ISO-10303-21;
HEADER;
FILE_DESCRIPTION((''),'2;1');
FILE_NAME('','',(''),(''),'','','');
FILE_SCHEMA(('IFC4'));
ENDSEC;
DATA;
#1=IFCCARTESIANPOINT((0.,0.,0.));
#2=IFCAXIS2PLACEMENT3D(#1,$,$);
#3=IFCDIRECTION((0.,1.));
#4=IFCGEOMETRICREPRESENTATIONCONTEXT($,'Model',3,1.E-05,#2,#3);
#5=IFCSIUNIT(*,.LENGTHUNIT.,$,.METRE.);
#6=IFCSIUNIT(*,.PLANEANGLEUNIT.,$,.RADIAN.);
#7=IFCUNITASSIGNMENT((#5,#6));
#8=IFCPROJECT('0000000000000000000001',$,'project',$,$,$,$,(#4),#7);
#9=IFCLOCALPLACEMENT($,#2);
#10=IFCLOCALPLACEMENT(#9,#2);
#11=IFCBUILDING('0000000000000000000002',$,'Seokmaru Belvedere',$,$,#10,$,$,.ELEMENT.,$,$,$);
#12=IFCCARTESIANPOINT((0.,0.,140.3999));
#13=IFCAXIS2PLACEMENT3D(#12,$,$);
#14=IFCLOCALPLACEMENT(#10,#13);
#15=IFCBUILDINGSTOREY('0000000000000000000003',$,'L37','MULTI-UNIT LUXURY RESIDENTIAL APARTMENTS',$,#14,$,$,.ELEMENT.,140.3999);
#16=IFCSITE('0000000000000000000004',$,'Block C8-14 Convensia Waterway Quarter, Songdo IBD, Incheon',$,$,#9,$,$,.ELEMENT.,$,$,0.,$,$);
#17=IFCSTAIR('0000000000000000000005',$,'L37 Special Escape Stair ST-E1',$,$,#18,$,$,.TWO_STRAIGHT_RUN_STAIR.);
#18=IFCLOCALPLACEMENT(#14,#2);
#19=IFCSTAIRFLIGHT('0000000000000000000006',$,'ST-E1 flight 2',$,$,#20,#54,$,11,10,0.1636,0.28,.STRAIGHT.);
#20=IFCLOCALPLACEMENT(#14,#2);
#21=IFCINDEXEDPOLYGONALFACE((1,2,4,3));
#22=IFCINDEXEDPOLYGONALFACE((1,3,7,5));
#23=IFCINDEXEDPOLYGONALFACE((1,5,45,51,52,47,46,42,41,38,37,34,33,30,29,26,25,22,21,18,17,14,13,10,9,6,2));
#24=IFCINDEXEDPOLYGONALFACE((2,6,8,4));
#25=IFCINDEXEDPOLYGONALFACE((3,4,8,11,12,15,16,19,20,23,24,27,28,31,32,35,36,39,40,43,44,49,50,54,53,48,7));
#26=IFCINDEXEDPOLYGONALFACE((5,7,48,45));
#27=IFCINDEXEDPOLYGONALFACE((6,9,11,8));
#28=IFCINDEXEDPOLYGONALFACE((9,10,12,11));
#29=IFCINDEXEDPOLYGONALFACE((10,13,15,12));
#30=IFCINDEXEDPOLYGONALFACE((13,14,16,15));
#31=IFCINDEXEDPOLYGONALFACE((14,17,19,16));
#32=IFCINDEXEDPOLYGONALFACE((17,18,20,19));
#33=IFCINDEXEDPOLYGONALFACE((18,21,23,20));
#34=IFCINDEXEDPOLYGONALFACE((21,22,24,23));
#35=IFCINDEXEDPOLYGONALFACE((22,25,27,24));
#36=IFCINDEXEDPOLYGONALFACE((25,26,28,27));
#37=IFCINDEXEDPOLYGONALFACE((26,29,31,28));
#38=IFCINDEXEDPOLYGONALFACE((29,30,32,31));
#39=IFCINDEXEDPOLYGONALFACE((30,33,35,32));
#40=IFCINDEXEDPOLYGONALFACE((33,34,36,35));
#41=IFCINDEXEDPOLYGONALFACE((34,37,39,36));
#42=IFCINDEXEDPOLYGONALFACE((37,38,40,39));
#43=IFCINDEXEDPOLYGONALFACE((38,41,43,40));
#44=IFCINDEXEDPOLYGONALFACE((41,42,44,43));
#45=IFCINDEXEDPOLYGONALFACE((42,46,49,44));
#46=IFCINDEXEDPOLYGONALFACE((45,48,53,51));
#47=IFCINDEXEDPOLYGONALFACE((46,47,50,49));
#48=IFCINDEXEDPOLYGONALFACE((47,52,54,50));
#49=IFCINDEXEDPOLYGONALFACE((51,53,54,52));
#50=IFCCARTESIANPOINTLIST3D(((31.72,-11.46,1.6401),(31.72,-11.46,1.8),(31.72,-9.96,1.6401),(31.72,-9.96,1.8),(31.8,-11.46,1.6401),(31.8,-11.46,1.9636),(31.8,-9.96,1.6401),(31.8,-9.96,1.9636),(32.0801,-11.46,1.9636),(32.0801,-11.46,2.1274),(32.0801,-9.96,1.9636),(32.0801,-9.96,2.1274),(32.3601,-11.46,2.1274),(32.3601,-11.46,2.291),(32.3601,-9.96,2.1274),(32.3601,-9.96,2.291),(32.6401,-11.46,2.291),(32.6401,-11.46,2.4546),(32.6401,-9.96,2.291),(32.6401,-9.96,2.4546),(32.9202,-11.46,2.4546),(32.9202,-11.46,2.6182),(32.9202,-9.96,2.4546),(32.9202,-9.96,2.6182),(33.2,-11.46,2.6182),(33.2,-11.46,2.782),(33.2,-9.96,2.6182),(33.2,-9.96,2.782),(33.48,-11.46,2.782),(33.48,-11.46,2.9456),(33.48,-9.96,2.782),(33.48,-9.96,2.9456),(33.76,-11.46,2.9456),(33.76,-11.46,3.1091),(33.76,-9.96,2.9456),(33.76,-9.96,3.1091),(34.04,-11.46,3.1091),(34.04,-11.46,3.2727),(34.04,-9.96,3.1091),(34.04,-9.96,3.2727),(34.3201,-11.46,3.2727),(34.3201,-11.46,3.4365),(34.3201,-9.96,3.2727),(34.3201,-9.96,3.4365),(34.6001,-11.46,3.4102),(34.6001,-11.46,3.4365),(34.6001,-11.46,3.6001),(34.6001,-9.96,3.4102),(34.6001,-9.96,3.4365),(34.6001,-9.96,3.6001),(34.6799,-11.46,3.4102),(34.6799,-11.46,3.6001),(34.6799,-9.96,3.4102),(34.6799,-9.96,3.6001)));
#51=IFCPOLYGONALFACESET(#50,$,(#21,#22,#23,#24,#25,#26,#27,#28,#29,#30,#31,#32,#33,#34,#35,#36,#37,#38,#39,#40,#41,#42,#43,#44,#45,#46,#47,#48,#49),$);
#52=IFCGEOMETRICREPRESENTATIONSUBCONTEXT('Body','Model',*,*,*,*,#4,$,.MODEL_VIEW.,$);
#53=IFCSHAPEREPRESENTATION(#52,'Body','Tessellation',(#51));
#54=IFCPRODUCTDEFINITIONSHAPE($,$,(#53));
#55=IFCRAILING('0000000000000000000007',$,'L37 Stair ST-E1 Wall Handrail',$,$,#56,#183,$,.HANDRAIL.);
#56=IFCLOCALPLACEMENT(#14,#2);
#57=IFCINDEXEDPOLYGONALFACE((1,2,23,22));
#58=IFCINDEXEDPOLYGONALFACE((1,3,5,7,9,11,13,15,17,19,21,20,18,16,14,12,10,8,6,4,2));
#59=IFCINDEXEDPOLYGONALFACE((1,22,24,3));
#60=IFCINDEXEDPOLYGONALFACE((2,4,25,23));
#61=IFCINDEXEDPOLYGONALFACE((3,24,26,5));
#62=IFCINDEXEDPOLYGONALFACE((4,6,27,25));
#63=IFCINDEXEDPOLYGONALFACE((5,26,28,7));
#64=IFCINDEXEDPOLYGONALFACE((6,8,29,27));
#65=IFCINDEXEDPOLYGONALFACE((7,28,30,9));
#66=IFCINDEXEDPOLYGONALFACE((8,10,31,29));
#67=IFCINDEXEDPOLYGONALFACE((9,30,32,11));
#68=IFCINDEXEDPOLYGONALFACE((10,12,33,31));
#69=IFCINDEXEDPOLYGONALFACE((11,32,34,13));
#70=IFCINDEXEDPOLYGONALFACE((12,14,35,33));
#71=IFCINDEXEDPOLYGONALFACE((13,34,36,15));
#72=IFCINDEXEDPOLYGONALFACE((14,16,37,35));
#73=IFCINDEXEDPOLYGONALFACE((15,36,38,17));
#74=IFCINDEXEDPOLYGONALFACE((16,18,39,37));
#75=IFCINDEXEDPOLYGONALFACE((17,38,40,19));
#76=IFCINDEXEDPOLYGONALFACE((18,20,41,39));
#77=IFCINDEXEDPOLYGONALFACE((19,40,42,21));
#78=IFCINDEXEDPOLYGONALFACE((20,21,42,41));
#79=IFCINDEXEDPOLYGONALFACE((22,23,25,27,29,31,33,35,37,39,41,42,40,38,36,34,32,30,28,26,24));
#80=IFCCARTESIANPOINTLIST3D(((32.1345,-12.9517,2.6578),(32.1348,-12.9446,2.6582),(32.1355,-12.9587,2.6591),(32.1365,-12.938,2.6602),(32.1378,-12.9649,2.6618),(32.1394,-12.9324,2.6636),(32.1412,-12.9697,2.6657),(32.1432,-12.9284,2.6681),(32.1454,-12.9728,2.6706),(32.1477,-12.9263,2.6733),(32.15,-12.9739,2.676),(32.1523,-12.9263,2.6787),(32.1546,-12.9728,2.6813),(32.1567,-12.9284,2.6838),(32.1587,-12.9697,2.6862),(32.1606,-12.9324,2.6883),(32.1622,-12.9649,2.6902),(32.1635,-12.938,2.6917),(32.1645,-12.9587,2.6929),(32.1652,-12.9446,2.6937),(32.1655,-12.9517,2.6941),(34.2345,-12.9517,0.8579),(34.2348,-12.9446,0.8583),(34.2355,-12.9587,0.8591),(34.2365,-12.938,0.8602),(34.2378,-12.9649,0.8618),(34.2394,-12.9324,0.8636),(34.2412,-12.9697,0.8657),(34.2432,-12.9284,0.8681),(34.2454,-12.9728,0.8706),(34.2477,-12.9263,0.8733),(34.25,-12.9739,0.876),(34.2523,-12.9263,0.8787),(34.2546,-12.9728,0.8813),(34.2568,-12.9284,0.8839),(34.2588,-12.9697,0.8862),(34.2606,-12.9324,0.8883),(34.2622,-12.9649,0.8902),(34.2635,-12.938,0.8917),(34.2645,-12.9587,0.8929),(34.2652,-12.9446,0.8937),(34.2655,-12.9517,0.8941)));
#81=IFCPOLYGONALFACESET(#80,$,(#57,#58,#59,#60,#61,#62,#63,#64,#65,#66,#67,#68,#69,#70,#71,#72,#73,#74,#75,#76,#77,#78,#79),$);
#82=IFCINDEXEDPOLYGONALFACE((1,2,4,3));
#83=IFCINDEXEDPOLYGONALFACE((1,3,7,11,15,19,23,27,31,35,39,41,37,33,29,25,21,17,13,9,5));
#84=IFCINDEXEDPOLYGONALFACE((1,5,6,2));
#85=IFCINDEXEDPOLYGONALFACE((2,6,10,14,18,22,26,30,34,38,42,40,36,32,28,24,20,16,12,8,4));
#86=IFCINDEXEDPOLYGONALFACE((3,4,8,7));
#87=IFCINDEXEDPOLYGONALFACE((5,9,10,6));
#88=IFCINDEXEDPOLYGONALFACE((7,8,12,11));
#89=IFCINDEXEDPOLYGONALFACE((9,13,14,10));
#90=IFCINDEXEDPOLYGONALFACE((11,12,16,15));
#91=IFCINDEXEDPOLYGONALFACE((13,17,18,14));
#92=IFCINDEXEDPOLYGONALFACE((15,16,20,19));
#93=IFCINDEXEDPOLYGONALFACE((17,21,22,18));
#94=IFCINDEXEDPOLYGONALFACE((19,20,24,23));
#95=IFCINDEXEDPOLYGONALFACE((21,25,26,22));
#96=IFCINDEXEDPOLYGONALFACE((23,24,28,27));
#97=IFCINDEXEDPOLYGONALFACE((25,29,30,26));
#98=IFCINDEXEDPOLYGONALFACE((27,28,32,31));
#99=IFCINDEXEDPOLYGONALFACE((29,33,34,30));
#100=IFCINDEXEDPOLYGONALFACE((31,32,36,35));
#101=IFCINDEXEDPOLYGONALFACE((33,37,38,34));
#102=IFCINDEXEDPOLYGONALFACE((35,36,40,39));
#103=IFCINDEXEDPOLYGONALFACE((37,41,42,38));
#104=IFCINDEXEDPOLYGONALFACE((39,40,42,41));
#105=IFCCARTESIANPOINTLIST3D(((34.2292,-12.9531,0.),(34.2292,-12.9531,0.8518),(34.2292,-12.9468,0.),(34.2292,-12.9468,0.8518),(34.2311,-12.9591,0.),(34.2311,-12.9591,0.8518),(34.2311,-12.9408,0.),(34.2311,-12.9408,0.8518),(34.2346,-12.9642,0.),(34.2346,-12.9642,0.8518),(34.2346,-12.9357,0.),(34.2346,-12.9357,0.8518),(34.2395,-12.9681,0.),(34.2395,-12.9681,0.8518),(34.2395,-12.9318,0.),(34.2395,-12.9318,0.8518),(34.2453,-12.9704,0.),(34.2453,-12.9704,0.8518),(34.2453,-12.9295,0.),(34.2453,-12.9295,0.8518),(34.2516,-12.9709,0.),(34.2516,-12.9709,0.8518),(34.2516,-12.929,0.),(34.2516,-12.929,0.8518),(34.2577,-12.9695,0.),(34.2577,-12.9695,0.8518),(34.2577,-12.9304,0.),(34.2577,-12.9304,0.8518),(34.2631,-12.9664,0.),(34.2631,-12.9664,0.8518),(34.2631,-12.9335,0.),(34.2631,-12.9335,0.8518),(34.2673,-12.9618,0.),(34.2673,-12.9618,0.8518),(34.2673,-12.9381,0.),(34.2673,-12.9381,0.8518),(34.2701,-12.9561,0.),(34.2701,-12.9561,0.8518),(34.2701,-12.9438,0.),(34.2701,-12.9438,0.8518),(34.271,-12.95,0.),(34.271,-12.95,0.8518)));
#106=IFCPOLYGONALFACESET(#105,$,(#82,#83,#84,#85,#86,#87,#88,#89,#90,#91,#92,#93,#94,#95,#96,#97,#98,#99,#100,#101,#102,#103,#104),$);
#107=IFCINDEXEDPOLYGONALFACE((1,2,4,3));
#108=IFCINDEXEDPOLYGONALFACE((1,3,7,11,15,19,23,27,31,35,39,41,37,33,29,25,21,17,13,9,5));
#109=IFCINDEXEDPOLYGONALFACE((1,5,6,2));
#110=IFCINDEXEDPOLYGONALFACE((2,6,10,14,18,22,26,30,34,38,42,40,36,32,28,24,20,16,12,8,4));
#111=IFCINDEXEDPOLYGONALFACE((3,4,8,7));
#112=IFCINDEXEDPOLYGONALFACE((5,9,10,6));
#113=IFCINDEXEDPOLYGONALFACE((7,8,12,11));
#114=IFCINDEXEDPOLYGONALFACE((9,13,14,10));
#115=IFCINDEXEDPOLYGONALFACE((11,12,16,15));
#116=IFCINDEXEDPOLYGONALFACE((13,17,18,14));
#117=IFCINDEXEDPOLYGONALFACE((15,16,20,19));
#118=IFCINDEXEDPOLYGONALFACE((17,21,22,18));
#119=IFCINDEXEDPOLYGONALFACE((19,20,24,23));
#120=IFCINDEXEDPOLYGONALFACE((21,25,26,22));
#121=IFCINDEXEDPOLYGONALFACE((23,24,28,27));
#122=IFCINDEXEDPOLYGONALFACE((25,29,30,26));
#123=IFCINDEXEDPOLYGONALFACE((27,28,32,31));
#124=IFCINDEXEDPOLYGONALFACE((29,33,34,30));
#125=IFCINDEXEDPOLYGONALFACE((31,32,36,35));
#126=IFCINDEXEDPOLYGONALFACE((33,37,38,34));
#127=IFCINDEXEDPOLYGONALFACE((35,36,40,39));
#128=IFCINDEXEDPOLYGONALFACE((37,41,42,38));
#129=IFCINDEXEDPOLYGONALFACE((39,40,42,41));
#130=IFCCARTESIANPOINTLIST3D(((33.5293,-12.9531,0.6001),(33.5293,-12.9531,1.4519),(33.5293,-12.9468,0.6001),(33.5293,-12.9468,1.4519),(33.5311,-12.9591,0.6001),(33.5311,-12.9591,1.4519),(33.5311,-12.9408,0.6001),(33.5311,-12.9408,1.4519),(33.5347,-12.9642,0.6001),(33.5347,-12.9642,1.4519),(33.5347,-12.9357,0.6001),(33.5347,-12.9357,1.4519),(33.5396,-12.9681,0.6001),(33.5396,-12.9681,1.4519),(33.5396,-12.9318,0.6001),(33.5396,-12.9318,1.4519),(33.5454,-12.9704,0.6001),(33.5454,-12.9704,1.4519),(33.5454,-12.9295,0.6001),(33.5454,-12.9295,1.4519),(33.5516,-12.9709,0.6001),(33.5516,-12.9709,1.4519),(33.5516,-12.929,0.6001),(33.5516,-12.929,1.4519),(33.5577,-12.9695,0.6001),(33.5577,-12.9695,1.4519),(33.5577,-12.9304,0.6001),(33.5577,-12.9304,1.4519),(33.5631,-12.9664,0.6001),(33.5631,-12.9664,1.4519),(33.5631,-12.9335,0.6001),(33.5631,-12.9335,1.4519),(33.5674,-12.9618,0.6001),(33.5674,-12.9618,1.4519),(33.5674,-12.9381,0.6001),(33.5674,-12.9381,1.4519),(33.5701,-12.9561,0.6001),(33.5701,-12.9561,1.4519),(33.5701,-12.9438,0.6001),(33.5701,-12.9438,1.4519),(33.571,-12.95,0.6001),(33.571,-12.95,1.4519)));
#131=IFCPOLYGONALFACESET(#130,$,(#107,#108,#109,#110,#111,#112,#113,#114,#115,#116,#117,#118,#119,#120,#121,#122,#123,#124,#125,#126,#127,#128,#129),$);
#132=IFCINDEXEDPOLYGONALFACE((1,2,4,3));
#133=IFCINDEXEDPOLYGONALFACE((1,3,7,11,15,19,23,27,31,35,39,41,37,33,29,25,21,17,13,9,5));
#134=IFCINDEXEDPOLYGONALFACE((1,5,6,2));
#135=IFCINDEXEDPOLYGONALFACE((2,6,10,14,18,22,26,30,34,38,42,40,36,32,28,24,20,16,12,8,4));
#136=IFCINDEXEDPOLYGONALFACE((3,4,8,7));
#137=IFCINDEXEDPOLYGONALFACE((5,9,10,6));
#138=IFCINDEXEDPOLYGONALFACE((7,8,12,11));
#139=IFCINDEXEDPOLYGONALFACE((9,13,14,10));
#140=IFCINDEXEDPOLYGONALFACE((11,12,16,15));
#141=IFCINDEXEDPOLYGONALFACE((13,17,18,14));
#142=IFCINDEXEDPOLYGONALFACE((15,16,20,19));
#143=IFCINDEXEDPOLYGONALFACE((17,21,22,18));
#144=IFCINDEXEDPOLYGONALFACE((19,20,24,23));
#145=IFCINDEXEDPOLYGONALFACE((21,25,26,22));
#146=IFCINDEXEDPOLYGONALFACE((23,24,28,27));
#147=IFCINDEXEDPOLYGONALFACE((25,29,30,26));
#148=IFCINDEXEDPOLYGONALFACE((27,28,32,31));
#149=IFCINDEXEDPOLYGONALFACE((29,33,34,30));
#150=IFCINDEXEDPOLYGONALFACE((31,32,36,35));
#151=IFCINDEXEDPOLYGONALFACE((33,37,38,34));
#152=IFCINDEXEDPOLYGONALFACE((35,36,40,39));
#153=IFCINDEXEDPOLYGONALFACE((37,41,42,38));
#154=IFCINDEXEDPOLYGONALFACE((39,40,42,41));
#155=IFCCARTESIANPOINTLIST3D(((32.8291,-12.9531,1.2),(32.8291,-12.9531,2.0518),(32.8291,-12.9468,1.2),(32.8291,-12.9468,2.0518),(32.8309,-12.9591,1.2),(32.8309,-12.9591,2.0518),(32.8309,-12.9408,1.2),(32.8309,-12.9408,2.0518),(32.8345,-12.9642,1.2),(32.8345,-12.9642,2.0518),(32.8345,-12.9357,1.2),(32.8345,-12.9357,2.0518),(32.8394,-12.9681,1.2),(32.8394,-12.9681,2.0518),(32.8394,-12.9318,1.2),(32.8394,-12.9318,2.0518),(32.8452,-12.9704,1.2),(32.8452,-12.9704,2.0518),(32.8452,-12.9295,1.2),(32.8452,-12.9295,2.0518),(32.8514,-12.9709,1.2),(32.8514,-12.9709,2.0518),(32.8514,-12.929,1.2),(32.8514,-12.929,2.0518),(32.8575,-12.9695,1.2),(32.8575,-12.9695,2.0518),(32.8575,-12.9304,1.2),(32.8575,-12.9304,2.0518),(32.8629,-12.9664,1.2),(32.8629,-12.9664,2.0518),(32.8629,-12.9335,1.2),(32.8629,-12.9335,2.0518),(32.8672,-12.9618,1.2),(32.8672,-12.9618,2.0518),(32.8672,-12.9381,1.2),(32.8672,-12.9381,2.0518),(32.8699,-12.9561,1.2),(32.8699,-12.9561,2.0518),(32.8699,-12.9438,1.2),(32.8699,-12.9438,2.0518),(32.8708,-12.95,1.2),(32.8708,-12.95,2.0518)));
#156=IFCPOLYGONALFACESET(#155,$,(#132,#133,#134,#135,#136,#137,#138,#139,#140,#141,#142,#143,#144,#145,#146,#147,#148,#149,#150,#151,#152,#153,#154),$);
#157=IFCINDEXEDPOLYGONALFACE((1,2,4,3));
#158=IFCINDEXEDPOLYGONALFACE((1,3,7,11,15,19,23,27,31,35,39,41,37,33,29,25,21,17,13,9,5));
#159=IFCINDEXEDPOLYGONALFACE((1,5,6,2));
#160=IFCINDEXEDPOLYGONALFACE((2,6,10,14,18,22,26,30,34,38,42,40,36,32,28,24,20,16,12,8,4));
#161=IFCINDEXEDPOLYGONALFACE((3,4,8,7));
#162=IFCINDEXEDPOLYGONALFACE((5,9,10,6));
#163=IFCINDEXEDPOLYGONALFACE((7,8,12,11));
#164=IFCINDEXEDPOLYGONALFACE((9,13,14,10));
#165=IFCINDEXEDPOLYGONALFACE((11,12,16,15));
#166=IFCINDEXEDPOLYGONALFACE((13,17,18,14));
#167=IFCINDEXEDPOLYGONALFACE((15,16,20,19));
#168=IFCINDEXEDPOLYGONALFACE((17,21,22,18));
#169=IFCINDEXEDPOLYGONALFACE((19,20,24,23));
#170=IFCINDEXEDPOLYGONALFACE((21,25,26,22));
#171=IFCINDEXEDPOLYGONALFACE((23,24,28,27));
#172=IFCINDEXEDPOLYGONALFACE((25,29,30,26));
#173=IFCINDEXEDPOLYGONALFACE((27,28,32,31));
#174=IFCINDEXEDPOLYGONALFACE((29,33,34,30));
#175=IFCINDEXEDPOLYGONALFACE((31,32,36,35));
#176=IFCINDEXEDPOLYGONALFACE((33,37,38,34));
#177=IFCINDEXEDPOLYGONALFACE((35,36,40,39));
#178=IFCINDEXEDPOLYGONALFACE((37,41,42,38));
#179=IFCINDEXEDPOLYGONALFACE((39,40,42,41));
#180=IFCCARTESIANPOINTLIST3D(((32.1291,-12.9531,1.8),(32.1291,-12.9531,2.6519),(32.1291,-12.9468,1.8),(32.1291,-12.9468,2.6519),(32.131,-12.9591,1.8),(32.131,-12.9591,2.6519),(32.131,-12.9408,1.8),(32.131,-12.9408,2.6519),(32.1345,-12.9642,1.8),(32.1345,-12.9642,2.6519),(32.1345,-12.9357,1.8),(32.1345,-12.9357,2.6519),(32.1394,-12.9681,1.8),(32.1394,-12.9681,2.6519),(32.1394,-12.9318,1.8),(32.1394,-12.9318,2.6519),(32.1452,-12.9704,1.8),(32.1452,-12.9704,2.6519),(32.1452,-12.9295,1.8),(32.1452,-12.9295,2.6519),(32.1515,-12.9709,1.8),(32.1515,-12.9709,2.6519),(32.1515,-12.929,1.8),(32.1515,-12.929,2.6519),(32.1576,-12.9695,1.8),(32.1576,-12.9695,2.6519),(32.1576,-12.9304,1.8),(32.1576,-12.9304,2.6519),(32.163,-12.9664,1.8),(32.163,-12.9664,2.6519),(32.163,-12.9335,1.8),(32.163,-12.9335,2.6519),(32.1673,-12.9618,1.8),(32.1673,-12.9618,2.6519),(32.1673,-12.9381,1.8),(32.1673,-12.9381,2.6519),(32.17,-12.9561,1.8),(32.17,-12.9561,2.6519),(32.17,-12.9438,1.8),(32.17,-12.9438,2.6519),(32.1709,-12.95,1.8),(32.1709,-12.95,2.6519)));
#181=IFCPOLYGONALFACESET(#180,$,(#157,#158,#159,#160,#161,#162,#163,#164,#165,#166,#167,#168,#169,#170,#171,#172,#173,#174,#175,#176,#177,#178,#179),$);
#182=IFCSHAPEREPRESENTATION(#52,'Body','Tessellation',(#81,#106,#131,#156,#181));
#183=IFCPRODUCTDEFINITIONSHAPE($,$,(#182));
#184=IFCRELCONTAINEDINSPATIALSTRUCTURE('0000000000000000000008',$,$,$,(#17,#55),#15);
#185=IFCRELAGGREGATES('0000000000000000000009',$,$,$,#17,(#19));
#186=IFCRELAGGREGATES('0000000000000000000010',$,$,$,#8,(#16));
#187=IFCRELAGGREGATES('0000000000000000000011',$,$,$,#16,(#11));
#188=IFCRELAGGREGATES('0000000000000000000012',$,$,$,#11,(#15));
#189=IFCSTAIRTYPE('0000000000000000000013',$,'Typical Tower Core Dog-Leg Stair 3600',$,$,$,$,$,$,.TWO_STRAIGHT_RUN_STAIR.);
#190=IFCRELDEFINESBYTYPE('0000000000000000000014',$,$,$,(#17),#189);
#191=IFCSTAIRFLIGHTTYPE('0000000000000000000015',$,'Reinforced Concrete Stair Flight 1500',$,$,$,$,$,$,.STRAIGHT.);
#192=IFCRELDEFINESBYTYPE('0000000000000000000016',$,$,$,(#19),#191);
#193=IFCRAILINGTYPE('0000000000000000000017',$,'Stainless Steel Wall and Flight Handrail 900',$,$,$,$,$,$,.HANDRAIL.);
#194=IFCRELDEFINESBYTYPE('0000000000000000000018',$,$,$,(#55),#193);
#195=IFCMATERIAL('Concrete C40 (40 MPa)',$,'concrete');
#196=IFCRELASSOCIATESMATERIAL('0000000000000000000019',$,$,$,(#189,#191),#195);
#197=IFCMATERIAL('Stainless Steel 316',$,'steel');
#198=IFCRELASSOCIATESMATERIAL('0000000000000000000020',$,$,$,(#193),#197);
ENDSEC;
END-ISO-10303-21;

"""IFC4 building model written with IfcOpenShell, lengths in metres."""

from ifc_helpers import new_model, si_unit, direction, frame, origin, origin_2d, place, context, subcontext, project, spatial, polyline, circle, outline, extrude, material, type_object, element, aggregate, save


model = new_model("IFC4")

# Units and contexts
model_context = context("Model", 3, precision=1e-05, world=origin(), true_north=direction((0.0, 1.0)))
body_context = subcontext(model_context, "Body", "Model", "MODEL_VIEW")
ifc_project = project(units=[si_unit("LENGTHUNIT", "METRE"), si_unit("PLANEANGLEUNIT", "RADIAN")], contexts=[model_context])

# Site, building, storey
site_placement = place(None, origin())
site = spatial("IfcSite", under=ifc_project, at=site_placement, Name="Block C8-14 Convensia Waterway Quarter, Songdo IBD, Incheon", CompositionType="ELEMENT", RefElevation=0.0)
building_placement = place(site_placement, origin())
building = spatial("IfcBuilding", under=site, at=building_placement, Name="Seokmaru Belvedere", CompositionType="ELEMENT")
storey_placement = place(building_placement, frame((0.0, 0.0, 140.3999)))
storey = spatial("IfcBuildingStorey", under=building, at=storey_placement, Name="L37", Description="MULTI-UNIT LUXURY RESIDENTIAL APARTMENTS", CompositionType="ELEMENT", Elevation=140.3999)

# Shared definitions
ifc_material_1 = material(Name="Stainless Steel 316", Category="steel")

# Stair, stair flight
ifc_material_2 = material(Name="Concrete C40 (40 MPa)", Category="concrete")
stair_type = type_object("IfcStairType", Name="Typical Tower Core Dog-Leg Stair 3600", PredefinedType="TWO_STRAIGHT_RUN_STAIR", material=ifc_material_2)
stair_placement = place(storey_placement, origin())
stair = element("IfcStair", 1, at=stair_placement, inside=storey, type_object=stair_type, Name="L37 Special Escape Stair ST-E1", PredefinedType="TWO_STRAIGHT_RUN_STAIR")
stair_flight_type = type_object("IfcStairFlightType", Name="Reinforced Concrete Stair Flight 1500", PredefinedType="STRAIGHT", material=ifc_material_2)
stair_flight_1_placement = place(storey_placement, frame((31.8, -10.71, 1.8), z_axis=(0.0, 0.0, 1.0), x_axis=(1.0, 0.0, 0.0)))
stair_flight_1 = element("IfcStairFlight", 2, at=stair_flight_1_placement, type_object=stair_flight_type, Name="ST-E1 flight 2", NumberOfRisers=11, NumberOfTreads=10, PredefinedType="STRAIGHT", RiserHeight=0.1636, TreadLength=0.28, context=body_context, shape_type="SweptSolid", body=[
    extrude(outline(polyline([(-0.0801, 0.0), (0.0, 0.1636), (0.28, 0.1636), (0.28, 0.3274), (0.5601, 0.3274), (0.5601, 0.491), (0.8401, 0.491), (0.8401, 0.6545), (1.1201, 0.6545), (1.1201, 0.8181), (1.3999, 0.8181), (1.3999, 0.9819), (1.6799, 0.9819), (1.6799, 1.1455), (1.96, 1.1455), (1.96, 1.3091), (2.24, 1.3091), (2.24, 1.4727), (2.52, 1.4727), (2.52, 1.6365), (2.8, 1.6365), (2.8, 1.8), (2.8799, 1.8), (2.8799, 1.6101), (2.8, 1.6101), (0.0, -0.1599), (-0.0801, -0.1599), (-0.0801, 0.0)])), frame((0.0, 0.75, 0.0), z_axis=(0.0, -1.0, 0.0), x_axis=(1.0, 0.0, 0.0)), (0.0, 0.0, 1.0), 1.5),
])
aggregate(stair, [stair_flight_1])

# Railing
railing_type_1 = type_object("IfcRailingType", Name="Stainless Steel Wall and Flight Handrail 900", PredefinedType="HANDRAIL", material=ifc_material_1)
railing_1_placement = place(storey_placement, frame((34.25, -12.95, 0.0)))
element("IfcRailing", 3, at=railing_1_placement, inside=storey, type_object=railing_type_1, Name="L37 Stair ST-E1 Wall Handrail", PredefinedType="HANDRAIL", context=body_context, shape_type="SweptSolid", body=[
    extrude(circle(Radius=0.0239, at=origin_2d()), frame((0.0, 0.0, 0.876), z_axis=(-0.759263, 0.0, 0.650784), x_axis=(0.0, -1.0, 0.0)), (0.0, 0.0, 1.0), 2.7659),
    extrude(circle(Radius=0.021, at=origin_2d()), origin(), (0.0, 0.0, 1.0), 0.8518),
    extrude(circle(Radius=0.021, at=origin_2d()), frame((-0.7, 0.0, 0.6001)), (0.0, 0.0, 1.0), 0.8518),
    extrude(circle(Radius=0.021, at=origin_2d()), frame((-1.4001, 0.0, 1.2)), (0.0, 0.0, 1.0), 0.8518),
    extrude(circle(Radius=0.021, at=origin_2d()), frame((-2.1001, 0.0, 1.8)), (0.0, 0.0, 1.0), 0.8518),
])

save(model, "model.ifc")
